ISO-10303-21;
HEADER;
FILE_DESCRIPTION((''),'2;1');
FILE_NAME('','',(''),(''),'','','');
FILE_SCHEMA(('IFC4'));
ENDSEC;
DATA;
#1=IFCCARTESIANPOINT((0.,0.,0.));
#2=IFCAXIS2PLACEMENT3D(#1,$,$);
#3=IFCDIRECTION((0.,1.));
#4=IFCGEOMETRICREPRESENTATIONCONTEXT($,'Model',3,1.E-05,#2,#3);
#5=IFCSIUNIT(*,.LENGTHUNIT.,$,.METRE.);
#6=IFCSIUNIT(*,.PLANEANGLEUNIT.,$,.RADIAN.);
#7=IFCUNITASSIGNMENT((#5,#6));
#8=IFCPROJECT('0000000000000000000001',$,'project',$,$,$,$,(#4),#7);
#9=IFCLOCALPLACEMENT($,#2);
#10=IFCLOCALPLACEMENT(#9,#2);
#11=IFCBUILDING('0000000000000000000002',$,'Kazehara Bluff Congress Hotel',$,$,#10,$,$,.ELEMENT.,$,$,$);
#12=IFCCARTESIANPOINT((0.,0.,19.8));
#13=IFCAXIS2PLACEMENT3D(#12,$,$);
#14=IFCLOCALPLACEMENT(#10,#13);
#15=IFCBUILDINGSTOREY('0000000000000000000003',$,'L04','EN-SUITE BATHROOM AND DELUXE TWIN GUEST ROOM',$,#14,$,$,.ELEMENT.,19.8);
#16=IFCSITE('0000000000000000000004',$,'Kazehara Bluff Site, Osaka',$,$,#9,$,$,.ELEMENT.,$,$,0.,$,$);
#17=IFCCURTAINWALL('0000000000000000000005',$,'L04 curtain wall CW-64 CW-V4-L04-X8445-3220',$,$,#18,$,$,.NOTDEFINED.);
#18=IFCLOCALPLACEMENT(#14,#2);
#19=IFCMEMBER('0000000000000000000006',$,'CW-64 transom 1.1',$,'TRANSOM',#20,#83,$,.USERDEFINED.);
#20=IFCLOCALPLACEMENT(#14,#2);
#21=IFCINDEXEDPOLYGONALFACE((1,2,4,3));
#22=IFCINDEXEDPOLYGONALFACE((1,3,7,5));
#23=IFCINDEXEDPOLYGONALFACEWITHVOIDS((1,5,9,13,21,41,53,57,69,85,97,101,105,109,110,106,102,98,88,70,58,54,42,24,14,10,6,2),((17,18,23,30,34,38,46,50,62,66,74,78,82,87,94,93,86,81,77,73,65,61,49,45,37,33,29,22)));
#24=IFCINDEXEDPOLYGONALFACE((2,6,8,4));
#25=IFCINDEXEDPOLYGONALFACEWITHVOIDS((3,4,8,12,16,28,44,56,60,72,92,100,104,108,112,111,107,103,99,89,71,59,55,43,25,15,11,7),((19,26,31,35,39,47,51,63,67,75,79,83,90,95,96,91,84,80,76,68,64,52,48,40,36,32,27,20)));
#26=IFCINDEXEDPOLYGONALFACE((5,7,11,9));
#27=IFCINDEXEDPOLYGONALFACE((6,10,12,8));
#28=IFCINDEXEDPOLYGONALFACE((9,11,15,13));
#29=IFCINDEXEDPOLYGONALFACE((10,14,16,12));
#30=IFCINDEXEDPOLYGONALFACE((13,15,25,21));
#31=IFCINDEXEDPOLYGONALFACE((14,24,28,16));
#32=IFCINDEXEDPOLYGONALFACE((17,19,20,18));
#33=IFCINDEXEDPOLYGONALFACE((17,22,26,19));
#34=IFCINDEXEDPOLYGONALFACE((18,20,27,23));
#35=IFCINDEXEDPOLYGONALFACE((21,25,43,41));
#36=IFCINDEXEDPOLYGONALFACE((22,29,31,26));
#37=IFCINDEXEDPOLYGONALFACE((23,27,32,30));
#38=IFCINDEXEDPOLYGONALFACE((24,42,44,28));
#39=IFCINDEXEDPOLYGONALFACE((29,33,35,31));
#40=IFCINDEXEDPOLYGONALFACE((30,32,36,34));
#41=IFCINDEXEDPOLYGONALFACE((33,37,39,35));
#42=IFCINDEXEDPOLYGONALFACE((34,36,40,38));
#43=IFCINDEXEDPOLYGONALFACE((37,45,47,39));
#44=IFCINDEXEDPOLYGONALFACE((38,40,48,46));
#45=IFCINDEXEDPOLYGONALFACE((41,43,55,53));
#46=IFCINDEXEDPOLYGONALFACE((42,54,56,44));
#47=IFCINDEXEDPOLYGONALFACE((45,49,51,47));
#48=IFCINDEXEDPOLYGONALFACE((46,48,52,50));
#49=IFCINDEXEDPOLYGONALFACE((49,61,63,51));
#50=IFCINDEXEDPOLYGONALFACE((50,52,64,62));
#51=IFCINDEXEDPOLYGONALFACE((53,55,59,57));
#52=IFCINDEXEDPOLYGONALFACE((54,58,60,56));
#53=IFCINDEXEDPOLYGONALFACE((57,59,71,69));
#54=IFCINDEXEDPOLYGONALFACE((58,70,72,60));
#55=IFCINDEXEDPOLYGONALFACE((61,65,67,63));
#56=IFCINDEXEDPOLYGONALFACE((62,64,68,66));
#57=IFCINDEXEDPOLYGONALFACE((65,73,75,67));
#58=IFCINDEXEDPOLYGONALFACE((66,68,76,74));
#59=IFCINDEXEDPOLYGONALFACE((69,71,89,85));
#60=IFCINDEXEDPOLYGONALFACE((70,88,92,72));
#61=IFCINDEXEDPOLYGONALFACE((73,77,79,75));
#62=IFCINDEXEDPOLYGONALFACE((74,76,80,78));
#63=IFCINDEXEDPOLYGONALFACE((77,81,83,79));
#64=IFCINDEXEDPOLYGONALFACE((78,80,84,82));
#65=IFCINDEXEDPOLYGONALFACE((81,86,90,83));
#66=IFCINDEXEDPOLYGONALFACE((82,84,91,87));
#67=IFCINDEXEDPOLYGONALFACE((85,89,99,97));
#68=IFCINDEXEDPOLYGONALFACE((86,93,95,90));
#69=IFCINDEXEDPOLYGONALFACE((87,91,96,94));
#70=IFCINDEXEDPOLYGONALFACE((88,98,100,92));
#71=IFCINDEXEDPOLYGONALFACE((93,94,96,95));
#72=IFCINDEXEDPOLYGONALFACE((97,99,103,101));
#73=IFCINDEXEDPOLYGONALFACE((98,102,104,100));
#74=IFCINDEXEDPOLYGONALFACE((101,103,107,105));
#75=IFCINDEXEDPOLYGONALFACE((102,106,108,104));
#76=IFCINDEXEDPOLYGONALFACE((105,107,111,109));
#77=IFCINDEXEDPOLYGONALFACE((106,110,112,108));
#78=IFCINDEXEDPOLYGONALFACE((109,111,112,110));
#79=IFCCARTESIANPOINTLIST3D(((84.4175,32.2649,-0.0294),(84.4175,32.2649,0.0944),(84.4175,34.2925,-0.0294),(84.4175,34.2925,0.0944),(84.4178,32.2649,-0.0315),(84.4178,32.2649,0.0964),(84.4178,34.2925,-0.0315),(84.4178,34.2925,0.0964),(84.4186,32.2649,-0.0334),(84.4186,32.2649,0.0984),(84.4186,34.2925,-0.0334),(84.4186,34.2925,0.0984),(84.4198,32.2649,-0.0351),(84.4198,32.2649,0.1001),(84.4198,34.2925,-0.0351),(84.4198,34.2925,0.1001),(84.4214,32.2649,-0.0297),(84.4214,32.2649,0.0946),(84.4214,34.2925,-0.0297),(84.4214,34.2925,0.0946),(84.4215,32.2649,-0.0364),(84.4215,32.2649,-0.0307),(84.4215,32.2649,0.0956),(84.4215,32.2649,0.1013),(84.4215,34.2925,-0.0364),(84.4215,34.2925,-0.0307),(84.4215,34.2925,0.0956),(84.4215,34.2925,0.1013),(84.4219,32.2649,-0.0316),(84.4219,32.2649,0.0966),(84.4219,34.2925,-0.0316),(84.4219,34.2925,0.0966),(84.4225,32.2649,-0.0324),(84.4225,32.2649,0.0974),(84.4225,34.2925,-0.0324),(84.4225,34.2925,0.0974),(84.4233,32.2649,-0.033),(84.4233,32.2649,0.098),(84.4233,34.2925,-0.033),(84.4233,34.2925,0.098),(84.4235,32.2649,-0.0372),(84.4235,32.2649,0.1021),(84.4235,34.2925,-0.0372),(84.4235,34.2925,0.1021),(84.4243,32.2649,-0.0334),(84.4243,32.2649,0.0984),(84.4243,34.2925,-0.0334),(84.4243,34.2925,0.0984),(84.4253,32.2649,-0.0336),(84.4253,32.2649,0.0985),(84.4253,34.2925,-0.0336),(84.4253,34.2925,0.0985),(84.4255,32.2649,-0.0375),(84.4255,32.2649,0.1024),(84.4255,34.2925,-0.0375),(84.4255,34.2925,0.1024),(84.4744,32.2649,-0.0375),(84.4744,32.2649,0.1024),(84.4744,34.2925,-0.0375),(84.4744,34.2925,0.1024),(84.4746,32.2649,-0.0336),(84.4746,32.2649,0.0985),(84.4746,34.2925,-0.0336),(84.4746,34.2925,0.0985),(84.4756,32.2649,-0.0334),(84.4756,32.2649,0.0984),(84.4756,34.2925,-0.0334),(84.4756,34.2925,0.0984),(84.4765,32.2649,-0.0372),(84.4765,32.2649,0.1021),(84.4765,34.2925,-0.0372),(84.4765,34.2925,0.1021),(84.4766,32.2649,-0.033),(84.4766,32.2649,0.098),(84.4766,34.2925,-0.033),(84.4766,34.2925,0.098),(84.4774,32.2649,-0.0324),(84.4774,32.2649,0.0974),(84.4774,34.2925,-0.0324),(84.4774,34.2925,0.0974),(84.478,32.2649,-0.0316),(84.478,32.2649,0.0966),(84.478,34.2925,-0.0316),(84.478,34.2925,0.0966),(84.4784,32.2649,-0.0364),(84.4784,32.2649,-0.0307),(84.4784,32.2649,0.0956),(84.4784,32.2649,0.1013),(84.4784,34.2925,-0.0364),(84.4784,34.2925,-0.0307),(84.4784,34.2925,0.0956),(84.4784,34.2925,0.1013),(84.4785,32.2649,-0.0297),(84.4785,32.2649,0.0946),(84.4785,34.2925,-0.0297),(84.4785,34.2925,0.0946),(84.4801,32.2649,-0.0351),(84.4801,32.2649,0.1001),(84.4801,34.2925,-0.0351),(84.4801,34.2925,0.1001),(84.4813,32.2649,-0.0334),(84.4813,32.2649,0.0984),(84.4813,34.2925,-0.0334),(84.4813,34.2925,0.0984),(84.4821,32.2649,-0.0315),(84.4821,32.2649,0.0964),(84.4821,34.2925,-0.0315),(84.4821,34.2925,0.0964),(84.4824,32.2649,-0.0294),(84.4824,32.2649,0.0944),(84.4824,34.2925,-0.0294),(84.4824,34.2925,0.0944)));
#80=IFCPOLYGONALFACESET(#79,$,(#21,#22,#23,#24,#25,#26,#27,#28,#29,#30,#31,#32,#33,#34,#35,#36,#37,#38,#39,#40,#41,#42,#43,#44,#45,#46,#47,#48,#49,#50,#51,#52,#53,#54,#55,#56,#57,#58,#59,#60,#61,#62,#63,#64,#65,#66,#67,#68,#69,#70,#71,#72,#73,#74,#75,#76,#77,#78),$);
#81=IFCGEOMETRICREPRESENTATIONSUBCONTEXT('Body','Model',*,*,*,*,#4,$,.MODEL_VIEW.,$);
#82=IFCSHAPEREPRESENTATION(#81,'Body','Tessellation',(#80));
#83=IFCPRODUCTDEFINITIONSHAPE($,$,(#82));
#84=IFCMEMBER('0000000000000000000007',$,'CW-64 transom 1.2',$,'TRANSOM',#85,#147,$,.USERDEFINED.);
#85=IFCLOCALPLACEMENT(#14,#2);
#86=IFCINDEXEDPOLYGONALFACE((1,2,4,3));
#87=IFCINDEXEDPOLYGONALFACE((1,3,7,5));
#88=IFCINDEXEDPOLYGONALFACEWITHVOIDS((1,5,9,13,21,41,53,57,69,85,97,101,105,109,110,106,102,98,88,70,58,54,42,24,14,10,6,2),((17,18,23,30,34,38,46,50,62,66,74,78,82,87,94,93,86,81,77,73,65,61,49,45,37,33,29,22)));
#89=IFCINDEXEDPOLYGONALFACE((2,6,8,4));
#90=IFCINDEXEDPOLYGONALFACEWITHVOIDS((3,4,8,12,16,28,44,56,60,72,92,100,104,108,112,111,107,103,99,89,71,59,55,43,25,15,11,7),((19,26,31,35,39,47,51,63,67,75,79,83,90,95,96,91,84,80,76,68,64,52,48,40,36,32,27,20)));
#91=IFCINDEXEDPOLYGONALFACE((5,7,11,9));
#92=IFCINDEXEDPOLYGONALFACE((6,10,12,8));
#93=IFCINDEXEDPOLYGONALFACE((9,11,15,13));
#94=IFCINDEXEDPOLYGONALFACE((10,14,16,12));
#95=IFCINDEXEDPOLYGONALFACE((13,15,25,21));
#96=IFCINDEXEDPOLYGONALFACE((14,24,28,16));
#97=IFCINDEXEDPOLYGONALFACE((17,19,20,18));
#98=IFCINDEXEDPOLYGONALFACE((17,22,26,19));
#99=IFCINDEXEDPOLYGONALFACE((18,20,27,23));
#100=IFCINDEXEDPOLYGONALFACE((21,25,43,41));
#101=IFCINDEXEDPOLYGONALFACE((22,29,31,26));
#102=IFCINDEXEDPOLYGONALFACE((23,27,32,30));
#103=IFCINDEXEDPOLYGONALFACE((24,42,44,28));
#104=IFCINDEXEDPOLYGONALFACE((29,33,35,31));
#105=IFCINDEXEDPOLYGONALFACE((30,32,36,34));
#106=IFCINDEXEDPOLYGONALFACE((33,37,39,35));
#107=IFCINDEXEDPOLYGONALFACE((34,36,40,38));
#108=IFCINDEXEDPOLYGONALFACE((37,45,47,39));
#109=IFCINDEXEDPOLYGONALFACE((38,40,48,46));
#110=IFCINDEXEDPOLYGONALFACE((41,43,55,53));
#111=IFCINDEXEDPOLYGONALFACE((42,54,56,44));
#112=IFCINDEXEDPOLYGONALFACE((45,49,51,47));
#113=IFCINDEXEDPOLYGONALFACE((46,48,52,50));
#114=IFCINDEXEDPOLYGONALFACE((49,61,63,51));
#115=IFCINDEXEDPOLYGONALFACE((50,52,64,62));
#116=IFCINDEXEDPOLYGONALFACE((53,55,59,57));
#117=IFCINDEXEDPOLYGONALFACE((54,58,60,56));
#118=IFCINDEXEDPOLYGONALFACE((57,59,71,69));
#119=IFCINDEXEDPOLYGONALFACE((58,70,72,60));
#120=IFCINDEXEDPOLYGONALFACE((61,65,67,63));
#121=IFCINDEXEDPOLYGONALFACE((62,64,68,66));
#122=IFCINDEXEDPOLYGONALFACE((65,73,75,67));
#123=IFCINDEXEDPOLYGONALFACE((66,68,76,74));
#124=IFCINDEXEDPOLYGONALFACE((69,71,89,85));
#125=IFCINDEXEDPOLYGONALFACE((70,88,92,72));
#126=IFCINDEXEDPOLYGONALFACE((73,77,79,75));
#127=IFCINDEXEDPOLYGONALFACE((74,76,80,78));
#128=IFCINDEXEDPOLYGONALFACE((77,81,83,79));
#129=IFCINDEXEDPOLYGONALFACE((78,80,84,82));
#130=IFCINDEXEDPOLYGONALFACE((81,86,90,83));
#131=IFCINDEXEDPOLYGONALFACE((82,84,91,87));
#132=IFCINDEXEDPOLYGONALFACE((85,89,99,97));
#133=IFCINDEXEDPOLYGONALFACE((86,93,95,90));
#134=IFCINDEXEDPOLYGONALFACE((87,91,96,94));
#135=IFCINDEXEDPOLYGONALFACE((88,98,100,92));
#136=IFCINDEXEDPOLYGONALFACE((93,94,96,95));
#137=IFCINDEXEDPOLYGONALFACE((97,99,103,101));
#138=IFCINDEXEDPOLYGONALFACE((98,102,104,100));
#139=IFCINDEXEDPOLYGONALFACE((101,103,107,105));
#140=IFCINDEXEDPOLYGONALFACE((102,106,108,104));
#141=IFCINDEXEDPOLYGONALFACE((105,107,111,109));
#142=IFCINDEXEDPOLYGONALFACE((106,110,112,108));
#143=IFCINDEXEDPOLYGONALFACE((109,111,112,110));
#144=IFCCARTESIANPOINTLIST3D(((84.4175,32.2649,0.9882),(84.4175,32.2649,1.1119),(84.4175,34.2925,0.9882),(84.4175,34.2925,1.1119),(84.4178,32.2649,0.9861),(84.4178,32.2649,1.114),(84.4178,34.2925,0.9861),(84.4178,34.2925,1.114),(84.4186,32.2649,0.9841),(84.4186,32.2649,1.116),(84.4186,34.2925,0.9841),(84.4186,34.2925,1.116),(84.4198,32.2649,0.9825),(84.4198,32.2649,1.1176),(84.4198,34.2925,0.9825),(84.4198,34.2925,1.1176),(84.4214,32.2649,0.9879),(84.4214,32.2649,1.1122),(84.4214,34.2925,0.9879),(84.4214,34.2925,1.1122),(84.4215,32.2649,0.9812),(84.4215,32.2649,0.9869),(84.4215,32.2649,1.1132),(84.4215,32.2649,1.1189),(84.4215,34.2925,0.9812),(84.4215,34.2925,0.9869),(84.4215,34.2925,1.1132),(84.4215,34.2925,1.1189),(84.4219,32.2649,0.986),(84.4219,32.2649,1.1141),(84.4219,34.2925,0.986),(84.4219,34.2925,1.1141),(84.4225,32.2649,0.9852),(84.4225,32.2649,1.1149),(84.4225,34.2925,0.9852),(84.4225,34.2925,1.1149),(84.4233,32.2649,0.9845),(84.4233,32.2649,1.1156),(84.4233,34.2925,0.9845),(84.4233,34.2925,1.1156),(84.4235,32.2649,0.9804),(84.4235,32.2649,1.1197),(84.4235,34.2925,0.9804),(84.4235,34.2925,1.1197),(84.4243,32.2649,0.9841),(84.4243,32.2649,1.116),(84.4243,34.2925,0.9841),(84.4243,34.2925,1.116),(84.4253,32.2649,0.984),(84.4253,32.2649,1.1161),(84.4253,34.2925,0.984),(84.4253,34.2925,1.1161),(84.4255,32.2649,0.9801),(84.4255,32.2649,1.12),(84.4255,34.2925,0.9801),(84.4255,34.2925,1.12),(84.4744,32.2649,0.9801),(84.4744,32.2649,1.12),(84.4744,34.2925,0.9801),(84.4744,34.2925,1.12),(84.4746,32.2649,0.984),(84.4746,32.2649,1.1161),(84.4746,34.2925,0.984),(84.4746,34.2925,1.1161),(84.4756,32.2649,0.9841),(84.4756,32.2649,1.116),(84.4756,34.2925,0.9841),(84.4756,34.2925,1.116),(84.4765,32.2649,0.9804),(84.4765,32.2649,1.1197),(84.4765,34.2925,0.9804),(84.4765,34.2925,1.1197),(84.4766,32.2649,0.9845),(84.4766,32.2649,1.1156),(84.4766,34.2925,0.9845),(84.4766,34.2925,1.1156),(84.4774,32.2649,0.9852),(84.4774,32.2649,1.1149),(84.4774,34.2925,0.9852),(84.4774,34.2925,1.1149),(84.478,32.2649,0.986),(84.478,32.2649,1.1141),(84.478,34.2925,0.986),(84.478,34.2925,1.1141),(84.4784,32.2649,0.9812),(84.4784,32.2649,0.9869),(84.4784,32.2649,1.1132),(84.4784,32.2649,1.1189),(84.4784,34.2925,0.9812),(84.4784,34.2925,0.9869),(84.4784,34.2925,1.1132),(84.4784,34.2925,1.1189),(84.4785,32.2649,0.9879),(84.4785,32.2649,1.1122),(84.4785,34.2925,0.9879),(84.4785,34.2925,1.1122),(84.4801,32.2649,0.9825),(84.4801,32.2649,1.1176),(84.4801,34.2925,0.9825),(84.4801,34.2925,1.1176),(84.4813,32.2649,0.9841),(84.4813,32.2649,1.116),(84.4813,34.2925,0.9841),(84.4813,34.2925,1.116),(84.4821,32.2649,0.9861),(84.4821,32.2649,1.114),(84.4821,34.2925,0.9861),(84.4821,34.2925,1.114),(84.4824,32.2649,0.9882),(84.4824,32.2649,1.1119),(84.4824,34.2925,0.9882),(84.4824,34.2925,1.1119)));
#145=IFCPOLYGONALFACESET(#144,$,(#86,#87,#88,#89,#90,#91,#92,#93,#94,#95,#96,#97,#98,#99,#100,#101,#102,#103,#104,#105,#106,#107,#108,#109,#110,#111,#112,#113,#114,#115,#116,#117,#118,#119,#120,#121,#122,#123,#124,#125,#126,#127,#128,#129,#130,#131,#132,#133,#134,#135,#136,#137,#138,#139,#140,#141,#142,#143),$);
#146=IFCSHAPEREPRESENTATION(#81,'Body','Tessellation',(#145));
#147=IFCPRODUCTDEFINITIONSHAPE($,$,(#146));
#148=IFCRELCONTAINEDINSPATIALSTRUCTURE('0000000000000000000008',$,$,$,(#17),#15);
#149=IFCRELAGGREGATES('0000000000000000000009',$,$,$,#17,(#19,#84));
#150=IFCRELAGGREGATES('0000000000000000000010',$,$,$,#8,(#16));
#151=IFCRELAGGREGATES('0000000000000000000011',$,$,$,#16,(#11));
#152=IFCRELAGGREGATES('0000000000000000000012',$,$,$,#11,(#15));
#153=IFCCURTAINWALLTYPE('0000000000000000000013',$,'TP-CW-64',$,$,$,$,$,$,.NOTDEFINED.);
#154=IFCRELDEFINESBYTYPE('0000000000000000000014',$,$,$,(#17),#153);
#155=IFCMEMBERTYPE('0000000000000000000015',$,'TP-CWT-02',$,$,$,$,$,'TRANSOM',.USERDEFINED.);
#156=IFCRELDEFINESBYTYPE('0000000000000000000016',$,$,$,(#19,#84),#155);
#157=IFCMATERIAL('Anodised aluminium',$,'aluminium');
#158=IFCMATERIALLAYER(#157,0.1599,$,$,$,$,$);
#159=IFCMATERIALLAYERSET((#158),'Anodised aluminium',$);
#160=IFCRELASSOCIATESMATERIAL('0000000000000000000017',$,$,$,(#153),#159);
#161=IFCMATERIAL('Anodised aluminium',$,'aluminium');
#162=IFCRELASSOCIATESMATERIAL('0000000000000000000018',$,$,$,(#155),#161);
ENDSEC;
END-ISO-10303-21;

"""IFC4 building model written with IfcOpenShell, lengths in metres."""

from ifc_helpers import new_model, si_unit, direction, frame, origin, origin_2d, place, context, subcontext, project, spatial, hollow_rectangle, extrude, material, layer, layer_set, material_profile, profile_set, type_object, element, aggregate, save


model = new_model("IFC4")

# Units and contexts
model_context = context("Model", 3, precision=1e-05, world=origin(), true_north=direction((0.0, 1.0)))
body_context = subcontext(model_context, "Body", "Model", "MODEL_VIEW")
ifc_project = project(units=[si_unit("LENGTHUNIT", "METRE"), si_unit("PLANEANGLEUNIT", "RADIAN")], contexts=[model_context])

# Site, building, storey
site_placement = place(None, origin())
site = spatial("IfcSite", under=ifc_project, at=site_placement, Name="Kazehara Bluff Site, Osaka", CompositionType="ELEMENT", RefElevation=0.0)
building_placement = place(site_placement, origin())
building = spatial("IfcBuilding", under=site, at=building_placement, Name="Kazehara Bluff Congress Hotel", CompositionType="ELEMENT")
storey_placement = place(building_placement, frame((0.0, 0.0, 19.8)))
storey = spatial("IfcBuildingStorey", under=building, at=storey_placement, Name="L04", Description="EN-SUITE BATHROOM AND DELUXE TWIN GUEST ROOM", CompositionType="ELEMENT", Elevation=19.8)

# Curtain wall
ifc_material_1 = material(Name="Anodised aluminium", Category="aluminium")
ifc_layer_1 = layer(ifc_material_1, 0.1599)
ifc_layer_set_1 = layer_set([ifc_layer_1], Name="Anodised aluminium")
curtain_wall_type_1 = type_object("IfcCurtainWallType", Name="TP-CW-64", PredefinedType="NOTDEFINED", material=ifc_layer_set_1)
curtain_wall_1_placement = place(storey_placement, origin())
curtain_wall_1 = element("IfcCurtainWall", 1, at=curtain_wall_1_placement, inside=storey, type_object=curtain_wall_type_1, Name="L04 curtain wall CW-64 CW-V4-L04-X8445-3220", PredefinedType="NOTDEFINED")

# Members
ifc_material_2 = material(Name="Anodised aluminium", Category="aluminium")
ifc_material_profile_1 = material_profile(ifc_material_2, hollow_rectangle(XDim=0.0649, YDim=0.1399, WallThickness=0.0039, InnerFilletRadius=0.0039, OuterFilletRadius=0.0081, at=origin_2d()))
ifc_profile_set_1 = profile_set([ifc_material_profile_1], Name="Anodised aluminium")
member_type_1 = type_object("IfcMemberType", Name="TP-CWT-02", ElementType="TRANSOM", PredefinedType="USERDEFINED", material=ifc_profile_set_1)
member_1_placement = place(storey_placement, frame((84.45, 32.2649, 0.0325), z_axis=(0.0, 1.0, 0.0), x_axis=(-1.0, 0.0, 0.0)))
member_1 = element("IfcMember", 2, at=member_1_placement, type_object=member_type_1, Name="CW-64 transom 1.1", ObjectType="TRANSOM", PredefinedType="USERDEFINED", context=body_context, shape_type="SweptSolid", body=[
    extrude(hollow_rectangle(XDim=0.0649, YDim=0.1399, WallThickness=0.0039, InnerFilletRadius=0.0039, OuterFilletRadius=0.0081, at=origin_2d()), origin(), (0.0, 0.0, 1.0), 2.0276),
])
member_2_placement = place(storey_placement, frame((84.45, 32.2649, 1.05), z_axis=(0.0, 1.0, 0.0), x_axis=(-1.0, 0.0, 0.0)))
member_2 = element("IfcMember", 3, at=member_2_placement, type_object=member_type_1, Name="CW-64 transom 1.2", ObjectType="TRANSOM", PredefinedType="USERDEFINED", context=body_context, shape_type="SweptSolid", body=[
    extrude(hollow_rectangle(XDim=0.0649, YDim=0.1399, WallThickness=0.0039, InnerFilletRadius=0.0039, OuterFilletRadius=0.0081, at=origin_2d()), origin(), (0.0, 0.0, 1.0), 2.0276),
])

aggregate(curtain_wall_1, [member_1, member_2])

save(model, "model.ifc")
